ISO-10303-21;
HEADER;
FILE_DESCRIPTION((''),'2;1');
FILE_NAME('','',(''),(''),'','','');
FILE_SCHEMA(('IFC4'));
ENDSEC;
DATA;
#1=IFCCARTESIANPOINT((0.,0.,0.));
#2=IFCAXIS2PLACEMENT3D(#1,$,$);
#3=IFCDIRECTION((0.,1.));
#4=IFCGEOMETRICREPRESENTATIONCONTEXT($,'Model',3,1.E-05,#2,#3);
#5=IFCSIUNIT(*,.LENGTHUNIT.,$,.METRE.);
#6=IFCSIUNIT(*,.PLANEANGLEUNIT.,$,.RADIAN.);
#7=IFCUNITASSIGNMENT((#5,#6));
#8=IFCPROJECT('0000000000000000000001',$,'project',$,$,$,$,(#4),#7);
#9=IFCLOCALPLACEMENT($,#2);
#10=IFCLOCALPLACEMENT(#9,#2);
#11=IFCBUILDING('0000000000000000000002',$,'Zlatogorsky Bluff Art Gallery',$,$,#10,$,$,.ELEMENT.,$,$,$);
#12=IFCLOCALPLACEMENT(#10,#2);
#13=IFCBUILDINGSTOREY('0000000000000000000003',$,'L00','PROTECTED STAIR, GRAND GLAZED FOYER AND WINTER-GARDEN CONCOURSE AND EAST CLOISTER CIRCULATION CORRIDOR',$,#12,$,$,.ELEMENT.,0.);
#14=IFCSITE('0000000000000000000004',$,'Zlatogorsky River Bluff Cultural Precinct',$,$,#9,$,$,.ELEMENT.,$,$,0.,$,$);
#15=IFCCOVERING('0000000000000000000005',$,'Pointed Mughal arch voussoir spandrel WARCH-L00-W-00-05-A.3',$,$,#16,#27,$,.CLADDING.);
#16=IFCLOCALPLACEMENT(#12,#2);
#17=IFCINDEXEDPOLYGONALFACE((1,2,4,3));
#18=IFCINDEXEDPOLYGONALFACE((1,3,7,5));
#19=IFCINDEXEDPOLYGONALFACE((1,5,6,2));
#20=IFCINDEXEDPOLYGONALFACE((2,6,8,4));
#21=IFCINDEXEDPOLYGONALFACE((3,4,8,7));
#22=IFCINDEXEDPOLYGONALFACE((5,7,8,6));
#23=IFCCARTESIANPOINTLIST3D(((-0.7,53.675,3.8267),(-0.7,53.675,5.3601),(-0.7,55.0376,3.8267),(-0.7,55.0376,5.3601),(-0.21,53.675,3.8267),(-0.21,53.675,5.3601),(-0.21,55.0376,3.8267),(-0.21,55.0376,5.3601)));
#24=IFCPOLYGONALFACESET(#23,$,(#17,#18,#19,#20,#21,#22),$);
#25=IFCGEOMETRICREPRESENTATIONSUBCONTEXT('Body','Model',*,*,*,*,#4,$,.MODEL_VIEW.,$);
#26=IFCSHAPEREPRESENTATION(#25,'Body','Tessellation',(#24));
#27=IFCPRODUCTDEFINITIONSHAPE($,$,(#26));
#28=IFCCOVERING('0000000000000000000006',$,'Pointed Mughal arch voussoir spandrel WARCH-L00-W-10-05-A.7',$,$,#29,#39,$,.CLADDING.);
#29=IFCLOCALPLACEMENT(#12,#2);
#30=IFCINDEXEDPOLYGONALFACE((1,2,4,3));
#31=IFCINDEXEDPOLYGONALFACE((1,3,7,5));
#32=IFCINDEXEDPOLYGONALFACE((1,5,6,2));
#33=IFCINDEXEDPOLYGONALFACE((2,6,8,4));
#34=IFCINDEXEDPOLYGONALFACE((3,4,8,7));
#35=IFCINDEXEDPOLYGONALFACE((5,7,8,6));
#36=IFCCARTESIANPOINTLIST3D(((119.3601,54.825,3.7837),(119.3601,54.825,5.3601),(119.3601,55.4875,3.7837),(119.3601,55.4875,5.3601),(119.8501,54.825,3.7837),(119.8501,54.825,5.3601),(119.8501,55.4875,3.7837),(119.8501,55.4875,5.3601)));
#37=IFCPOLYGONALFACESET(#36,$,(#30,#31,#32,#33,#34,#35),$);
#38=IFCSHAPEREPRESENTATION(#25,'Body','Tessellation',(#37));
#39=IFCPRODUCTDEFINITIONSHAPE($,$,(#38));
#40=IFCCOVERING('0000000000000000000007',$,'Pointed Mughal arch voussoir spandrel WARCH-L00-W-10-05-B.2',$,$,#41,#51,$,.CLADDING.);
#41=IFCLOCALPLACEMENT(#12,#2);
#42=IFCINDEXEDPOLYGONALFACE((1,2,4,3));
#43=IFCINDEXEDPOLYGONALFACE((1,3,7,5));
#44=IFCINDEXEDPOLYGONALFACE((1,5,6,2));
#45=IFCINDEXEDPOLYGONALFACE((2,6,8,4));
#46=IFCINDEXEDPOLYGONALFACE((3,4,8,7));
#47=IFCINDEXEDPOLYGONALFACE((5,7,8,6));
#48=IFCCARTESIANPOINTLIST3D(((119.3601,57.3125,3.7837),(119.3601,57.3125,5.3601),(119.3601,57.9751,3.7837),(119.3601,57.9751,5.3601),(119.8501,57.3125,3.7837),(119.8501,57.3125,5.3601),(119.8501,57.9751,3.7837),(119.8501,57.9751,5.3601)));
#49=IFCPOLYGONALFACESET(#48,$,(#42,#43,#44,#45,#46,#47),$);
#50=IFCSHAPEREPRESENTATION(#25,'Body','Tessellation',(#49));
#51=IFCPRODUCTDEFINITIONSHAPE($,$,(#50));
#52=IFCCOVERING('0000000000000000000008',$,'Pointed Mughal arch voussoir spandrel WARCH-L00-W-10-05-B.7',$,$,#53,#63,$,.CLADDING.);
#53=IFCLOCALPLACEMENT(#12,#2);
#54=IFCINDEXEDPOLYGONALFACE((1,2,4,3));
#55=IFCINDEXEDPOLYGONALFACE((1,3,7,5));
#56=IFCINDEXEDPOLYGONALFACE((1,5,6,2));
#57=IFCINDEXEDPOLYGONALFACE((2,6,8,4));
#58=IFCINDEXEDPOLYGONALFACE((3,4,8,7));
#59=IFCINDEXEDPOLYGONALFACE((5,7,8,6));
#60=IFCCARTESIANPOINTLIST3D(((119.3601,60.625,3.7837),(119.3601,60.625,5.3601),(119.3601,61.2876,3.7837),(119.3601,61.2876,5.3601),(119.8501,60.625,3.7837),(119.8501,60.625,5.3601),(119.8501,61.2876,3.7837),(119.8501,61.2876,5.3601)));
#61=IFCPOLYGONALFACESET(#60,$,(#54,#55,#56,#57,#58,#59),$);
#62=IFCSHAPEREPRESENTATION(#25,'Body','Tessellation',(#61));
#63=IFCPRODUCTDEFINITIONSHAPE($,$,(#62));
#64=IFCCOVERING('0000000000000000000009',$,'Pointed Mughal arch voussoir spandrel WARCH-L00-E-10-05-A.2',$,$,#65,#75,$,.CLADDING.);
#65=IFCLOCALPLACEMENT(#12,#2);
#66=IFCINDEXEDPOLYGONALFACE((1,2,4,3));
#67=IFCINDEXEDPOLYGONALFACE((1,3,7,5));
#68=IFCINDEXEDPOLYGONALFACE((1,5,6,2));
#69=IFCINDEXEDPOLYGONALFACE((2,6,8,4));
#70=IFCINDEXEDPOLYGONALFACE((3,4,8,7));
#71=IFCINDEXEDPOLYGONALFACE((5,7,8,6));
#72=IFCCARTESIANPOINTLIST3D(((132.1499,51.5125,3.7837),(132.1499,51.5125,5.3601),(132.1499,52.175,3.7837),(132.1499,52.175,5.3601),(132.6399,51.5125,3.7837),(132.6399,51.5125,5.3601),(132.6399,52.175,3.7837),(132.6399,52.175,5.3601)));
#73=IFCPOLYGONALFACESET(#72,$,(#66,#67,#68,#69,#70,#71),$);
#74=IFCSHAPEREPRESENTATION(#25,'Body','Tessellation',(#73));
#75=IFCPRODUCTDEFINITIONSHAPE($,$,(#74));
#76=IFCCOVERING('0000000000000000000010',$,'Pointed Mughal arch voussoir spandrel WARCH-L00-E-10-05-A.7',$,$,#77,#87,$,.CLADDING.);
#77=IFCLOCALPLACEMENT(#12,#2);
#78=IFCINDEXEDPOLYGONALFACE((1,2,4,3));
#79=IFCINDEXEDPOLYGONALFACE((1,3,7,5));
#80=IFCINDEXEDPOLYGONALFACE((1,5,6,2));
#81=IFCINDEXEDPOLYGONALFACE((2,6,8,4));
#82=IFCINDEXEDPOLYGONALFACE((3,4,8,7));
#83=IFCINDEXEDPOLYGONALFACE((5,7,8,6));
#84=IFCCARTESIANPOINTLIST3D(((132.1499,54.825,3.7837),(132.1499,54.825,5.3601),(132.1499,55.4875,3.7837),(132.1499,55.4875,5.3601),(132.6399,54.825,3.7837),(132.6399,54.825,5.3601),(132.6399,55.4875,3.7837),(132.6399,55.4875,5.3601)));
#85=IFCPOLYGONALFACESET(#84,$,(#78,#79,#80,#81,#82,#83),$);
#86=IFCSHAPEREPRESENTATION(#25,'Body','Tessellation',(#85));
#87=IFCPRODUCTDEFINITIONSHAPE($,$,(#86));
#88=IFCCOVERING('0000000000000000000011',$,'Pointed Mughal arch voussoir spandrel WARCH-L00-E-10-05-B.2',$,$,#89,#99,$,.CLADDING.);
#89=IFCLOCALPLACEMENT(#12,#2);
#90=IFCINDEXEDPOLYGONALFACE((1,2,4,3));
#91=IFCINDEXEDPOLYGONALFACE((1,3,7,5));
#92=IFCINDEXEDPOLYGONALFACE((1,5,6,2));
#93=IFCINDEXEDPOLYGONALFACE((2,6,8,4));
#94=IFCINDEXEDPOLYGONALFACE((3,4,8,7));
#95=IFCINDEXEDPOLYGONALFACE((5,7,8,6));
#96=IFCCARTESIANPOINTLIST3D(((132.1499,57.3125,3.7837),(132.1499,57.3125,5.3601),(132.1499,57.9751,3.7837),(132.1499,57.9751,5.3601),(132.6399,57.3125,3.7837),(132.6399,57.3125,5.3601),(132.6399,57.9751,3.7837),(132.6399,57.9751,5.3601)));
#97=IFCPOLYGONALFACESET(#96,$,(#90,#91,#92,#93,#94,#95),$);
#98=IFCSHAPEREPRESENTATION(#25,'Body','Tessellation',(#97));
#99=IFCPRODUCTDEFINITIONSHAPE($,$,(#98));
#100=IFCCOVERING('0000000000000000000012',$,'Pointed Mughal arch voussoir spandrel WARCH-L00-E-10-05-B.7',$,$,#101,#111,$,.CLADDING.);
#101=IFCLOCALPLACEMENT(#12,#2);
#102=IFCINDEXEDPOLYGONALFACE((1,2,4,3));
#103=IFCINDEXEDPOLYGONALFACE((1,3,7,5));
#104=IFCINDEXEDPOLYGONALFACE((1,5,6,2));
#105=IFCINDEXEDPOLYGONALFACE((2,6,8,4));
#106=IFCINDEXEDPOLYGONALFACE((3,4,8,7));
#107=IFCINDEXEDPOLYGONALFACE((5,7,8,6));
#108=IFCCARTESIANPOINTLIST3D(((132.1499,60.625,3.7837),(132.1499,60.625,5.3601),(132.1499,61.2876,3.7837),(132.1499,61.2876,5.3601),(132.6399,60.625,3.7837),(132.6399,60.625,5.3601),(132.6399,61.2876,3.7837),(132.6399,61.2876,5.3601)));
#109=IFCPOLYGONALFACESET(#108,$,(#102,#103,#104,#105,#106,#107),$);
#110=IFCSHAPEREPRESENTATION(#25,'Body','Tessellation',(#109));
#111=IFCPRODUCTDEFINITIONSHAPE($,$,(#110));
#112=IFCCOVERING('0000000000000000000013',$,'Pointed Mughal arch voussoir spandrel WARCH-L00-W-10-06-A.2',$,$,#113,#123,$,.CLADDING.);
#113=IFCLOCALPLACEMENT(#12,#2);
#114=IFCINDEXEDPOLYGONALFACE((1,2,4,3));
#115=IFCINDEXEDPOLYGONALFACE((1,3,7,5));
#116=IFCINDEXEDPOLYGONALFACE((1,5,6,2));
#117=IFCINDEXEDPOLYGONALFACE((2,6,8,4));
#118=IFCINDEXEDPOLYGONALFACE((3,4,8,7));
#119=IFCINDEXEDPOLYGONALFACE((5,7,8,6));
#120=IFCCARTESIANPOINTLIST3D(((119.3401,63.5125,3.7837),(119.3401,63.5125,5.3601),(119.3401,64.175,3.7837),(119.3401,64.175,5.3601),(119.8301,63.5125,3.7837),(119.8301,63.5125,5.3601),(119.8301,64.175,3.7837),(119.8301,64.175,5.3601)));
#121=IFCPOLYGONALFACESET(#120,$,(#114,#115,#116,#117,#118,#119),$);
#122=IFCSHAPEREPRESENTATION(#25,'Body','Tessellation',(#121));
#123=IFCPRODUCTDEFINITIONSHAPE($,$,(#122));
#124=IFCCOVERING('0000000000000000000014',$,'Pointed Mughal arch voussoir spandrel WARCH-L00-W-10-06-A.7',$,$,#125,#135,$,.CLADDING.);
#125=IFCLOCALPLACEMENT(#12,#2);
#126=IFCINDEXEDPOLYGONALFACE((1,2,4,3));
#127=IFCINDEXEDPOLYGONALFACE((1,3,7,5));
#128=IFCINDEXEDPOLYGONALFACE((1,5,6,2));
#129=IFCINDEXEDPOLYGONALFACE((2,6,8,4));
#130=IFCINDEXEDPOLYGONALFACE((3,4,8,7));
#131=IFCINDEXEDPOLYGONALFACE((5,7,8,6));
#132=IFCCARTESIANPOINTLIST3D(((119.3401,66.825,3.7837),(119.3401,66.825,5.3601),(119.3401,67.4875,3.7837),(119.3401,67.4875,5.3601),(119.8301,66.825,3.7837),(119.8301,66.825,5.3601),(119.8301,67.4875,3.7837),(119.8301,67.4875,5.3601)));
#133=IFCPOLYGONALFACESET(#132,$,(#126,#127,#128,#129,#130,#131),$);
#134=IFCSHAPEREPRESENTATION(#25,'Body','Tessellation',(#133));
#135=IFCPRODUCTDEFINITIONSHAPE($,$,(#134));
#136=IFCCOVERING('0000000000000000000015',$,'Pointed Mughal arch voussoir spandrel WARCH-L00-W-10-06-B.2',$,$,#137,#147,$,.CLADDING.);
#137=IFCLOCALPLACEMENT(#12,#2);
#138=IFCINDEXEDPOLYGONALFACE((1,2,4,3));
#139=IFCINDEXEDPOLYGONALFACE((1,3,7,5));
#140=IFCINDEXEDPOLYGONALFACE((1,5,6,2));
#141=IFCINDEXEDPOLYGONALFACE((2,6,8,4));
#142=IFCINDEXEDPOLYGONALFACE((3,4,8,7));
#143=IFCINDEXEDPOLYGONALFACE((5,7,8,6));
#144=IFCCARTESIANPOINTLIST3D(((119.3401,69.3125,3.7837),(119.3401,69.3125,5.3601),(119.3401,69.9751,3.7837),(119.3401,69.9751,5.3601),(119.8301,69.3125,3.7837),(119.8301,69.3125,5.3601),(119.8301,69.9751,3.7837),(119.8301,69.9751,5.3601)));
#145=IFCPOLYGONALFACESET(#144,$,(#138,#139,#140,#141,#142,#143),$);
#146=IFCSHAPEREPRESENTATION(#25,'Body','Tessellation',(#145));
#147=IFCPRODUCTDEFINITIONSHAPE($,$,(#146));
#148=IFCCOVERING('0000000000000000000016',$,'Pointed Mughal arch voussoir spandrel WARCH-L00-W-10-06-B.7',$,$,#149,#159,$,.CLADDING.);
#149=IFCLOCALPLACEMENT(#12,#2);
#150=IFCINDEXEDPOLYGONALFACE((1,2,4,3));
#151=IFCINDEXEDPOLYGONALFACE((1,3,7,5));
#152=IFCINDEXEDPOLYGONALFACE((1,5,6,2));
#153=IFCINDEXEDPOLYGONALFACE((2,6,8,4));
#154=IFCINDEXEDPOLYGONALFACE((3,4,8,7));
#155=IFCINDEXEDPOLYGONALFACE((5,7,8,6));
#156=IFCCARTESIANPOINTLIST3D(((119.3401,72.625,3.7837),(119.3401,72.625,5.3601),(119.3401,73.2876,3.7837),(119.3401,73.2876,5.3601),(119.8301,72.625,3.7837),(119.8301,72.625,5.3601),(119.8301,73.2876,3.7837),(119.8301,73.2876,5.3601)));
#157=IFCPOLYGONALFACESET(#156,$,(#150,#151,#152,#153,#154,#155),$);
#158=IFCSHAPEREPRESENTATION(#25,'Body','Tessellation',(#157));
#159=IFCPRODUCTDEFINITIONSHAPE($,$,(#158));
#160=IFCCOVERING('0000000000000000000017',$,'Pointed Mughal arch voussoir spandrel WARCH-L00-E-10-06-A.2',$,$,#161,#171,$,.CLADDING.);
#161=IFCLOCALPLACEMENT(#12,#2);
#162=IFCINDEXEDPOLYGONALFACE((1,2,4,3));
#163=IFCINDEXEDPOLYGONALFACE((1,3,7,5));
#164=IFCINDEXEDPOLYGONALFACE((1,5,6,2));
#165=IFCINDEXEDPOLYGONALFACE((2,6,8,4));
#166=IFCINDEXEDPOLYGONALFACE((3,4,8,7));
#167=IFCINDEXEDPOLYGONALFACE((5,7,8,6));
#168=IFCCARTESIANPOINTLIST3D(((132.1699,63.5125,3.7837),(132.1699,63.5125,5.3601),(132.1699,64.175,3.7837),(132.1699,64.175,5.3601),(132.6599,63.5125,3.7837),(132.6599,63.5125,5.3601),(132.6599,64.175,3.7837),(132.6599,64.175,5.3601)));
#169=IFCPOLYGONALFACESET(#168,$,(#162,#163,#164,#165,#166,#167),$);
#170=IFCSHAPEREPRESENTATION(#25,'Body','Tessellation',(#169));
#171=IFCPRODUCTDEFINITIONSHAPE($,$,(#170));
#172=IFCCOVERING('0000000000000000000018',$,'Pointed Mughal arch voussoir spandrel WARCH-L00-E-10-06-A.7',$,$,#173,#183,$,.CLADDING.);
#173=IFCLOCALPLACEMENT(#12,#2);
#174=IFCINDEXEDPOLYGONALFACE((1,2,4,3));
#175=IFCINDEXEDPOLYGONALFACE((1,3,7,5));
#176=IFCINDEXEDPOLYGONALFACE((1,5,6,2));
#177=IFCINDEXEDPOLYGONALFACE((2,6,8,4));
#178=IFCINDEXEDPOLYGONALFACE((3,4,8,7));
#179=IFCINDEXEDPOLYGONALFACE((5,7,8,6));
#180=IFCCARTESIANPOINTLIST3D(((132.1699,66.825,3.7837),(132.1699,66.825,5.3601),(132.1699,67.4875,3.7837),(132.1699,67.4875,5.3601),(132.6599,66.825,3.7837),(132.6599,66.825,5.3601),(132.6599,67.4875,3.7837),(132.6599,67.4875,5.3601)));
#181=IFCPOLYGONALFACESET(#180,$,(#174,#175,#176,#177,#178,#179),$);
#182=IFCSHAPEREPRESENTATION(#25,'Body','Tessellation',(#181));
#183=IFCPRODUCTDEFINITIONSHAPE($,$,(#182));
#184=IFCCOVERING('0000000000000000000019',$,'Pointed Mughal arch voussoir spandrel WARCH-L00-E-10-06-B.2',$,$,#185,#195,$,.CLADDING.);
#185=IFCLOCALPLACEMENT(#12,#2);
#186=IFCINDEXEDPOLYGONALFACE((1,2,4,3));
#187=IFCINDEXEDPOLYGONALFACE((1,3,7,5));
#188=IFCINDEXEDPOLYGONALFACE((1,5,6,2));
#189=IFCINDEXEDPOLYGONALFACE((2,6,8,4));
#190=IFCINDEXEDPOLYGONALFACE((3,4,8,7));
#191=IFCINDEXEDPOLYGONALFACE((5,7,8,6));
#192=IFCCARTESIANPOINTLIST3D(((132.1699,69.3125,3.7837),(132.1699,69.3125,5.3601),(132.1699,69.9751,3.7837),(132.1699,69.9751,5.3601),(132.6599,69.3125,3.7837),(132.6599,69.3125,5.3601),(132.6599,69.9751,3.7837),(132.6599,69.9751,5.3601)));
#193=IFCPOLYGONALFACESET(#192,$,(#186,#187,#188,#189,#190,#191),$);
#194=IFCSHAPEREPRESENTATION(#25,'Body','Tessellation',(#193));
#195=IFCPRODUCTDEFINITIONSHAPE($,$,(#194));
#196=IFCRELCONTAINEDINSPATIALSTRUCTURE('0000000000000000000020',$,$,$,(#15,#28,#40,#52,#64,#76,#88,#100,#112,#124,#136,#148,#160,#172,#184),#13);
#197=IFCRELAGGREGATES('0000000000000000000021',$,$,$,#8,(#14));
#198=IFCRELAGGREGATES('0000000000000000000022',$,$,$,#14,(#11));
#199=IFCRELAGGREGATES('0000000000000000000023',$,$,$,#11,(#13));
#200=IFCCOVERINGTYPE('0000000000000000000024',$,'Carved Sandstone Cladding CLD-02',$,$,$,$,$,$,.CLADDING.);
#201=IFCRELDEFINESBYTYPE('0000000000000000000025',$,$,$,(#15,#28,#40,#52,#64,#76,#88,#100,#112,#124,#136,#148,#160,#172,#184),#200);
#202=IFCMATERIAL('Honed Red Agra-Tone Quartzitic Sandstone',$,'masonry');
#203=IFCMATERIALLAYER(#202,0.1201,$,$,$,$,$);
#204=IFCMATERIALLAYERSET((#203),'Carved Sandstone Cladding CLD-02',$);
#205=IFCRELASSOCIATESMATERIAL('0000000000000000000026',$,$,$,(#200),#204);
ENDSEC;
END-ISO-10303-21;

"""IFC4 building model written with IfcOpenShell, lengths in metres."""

from ifc_helpers import new_model, si_unit, direction, frame, origin, place, context, subcontext, project, spatial, polyline, outline, extrude, material, layer, layer_set, type_object, element, save


model = new_model("IFC4")

# Units and contexts
model_context = context("Model", 3, precision=1e-05, world=origin(), true_north=direction((0.0, 1.0)))
body_context = subcontext(model_context, "Body", "Model", "MODEL_VIEW")
ifc_project = project(units=[si_unit("LENGTHUNIT", "METRE"), si_unit("PLANEANGLEUNIT", "RADIAN")], contexts=[model_context])

# Site, building, storey
site_placement = place(None, origin())
site = spatial("IfcSite", under=ifc_project, at=site_placement, Name="Zlatogorsky River Bluff Cultural Precinct", CompositionType="ELEMENT", RefElevation=0.0)
building_placement = place(site_placement, origin())
building = spatial("IfcBuilding", under=site, at=building_placement, Name="Zlatogorsky Bluff Art Gallery", CompositionType="ELEMENT")
storey_placement = place(building_placement, origin())
storey = spatial("IfcBuildingStorey", under=building, at=storey_placement, Name="L00", Description="PROTECTED STAIR, GRAND GLAZED FOYER AND WINTER-GARDEN CONCOURSE AND EAST CLOISTER CIRCULATION CORRIDOR", CompositionType="ELEMENT", Elevation=0.0)

# Coverings
ifc_material = material(Name="Honed Red Agra-Tone Quartzitic Sandstone", Category="masonry")
ifc_layer = layer(ifc_material, 0.1201)
ifc_layer_set = layer_set([ifc_layer], Name="Carved Sandstone Cladding CLD-02")
covering_type = type_object("IfcCoveringType", Name="Carved Sandstone Cladding CLD-02", PredefinedType="CLADDING", material=ifc_layer_set)
covering_1_placement = place(storey_placement, frame((0.0, 0.0, 3.8267)))
element("IfcCovering", 1, at=covering_1_placement, inside=storey, type_object=covering_type, Name="Pointed Mughal arch voussoir spandrel WARCH-L00-W-00-05-A.3", PredefinedType="CLADDING", context=body_context, shape_type="SweptSolid", body=[
    extrude(outline(polyline([(-0.7, 53.675), (-0.7, 55.0376), (-0.21, 55.0376), (-0.21, 53.675), (-0.7, 53.675)])), origin(), (0.0, 0.0, 1.0), 1.5334),
])
covering_2_placement = place(storey_placement, frame((0.0, 0.0, 3.7837)))
element("IfcCovering", 2, at=covering_2_placement, inside=storey, type_object=covering_type, Name="Pointed Mughal arch voussoir spandrel WARCH-L00-W-10-05-A.7", PredefinedType="CLADDING", context=body_context, shape_type="SweptSolid", body=[
    extrude(outline(polyline([(119.3601, 54.825), (119.3601, 55.4875), (119.8501, 55.4875), (119.8501, 54.825), (119.3601, 54.825)])), origin(), (0.0, 0.0, 1.0), 1.5764),
])
covering_3_placement = place(storey_placement, frame((0.0, 0.0, 3.7837)))
element("IfcCovering", 3, at=covering_3_placement, inside=storey, type_object=covering_type, Name="Pointed Mughal arch voussoir spandrel WARCH-L00-W-10-05-B.2", PredefinedType="CLADDING", context=body_context, shape_type="SweptSolid", body=[
    extrude(outline(polyline([(119.3601, 57.3125), (119.3601, 57.9751), (119.8501, 57.9751), (119.8501, 57.3125), (119.3601, 57.3125)])), origin(), (0.0, 0.0, 1.0), 1.5764),
])
covering_4_placement = place(storey_placement, frame((0.0, 0.0, 3.7837)))
element("IfcCovering", 4, at=covering_4_placement, inside=storey, type_object=covering_type, Name="Pointed Mughal arch voussoir spandrel WARCH-L00-W-10-05-B.7", PredefinedType="CLADDING", context=body_context, shape_type="SweptSolid", body=[
    extrude(outline(polyline([(119.3601, 60.625), (119.3601, 61.2876), (119.8501, 61.2876), (119.8501, 60.625), (119.3601, 60.625)])), origin(), (0.0, 0.0, 1.0), 1.5764),
])
covering_5_placement = place(storey_placement, frame((0.0, 0.0, 3.7837)))
element("IfcCovering", 5, at=covering_5_placement, inside=storey, type_object=covering_type, Name="Pointed Mughal arch voussoir spandrel WARCH-L00-E-10-05-A.2", PredefinedType="CLADDING", context=body_context, shape_type="SweptSolid", body=[
    extrude(outline(polyline([(132.1499, 51.5125), (132.1499, 52.175), (132.6399, 52.175), (132.6399, 51.5125), (132.1499, 51.5125)])), origin(), (0.0, 0.0, 1.0), 1.5764),
])
covering_6_placement = place(storey_placement, frame((0.0, 0.0, 3.7837)))
element("IfcCovering", 6, at=covering_6_placement, inside=storey, type_object=covering_type, Name="Pointed Mughal arch voussoir spandrel WARCH-L00-E-10-05-A.7", PredefinedType="CLADDING", context=body_context, shape_type="SweptSolid", body=[
    extrude(outline(polyline([(132.1499, 54.825), (132.1499, 55.4875), (132.6399, 55.4875), (132.6399, 54.825), (132.1499, 54.825)])), origin(), (0.0, 0.0, 1.0), 1.5764),
])
covering_7_placement = place(storey_placement, frame((0.0, 0.0, 3.7837)))
element("IfcCovering", 7, at=covering_7_placement, inside=storey, type_object=covering_type, Name="Pointed Mughal arch voussoir spandrel WARCH-L00-E-10-05-B.2", PredefinedType="CLADDING", context=body_context, shape_type="SweptSolid", body=[
    extrude(outline(polyline([(132.1499, 57.3125), (132.1499, 57.9751), (132.6399, 57.9751), (132.6399, 57.3125), (132.1499, 57.3125)])), origin(), (0.0, 0.0, 1.0), 1.5764),
])
covering_8_placement = place(storey_placement, frame((0.0, 0.0, 3.7837)))
element("IfcCovering", 8, at=covering_8_placement, inside=storey, type_object=covering_type, Name="Pointed Mughal arch voussoir spandrel WARCH-L00-E-10-05-B.7", PredefinedType="CLADDING", context=body_context, shape_type="SweptSolid", body=[
    extrude(outline(polyline([(132.1499, 60.625), (132.1499, 61.2876), (132.6399, 61.2876), (132.6399, 60.625), (132.1499, 60.625)])), origin(), (0.0, 0.0, 1.0), 1.5764),
])
covering_9_placement = place(storey_placement, frame((0.0, 0.0, 3.7837)))
element("IfcCovering", 9, at=covering_9_placement, inside=storey, type_object=covering_type, Name="Pointed Mughal arch voussoir spandrel WARCH-L00-W-10-06-A.2", PredefinedType="CLADDING", context=body_context, shape_type="SweptSolid", body=[
    extrude(outline(polyline([(119.3401, 63.5125), (119.3401, 64.175), (119.8301, 64.175), (119.8301, 63.5125), (119.3401, 63.5125)])), origin(), (0.0, 0.0, 1.0), 1.5764),
])
covering_10_placement = place(storey_placement, frame((0.0, 0.0, 3.7837)))
element("IfcCovering", 10, at=covering_10_placement, inside=storey, type_object=covering_type, Name="Pointed Mughal arch voussoir spandrel WARCH-L00-W-10-06-A.7", PredefinedType="CLADDING", context=body_context, shape_type="SweptSolid", body=[
    extrude(outline(polyline([(119.3401, 66.825), (119.3401, 67.4875), (119.8301, 67.4875), (119.8301, 66.825), (119.3401, 66.825)])), origin(), (0.0, 0.0, 1.0), 1.5764),
])
covering_11_placement = place(storey_placement, frame((0.0, 0.0, 3.7837)))
element("IfcCovering", 11, at=covering_11_placement, inside=storey, type_object=covering_type, Name="Pointed Mughal arch voussoir spandrel WARCH-L00-W-10-06-B.2", PredefinedType="CLADDING", context=body_context, shape_type="SweptSolid", body=[
    extrude(outline(polyline([(119.3401, 69.3125), (119.3401, 69.9751), (119.8301, 69.9751), (119.8301, 69.3125), (119.3401, 69.3125)])), origin(), (0.0, 0.0, 1.0), 1.5764),
])
covering_12_placement = place(storey_placement, frame((0.0, 0.0, 3.7837)))
element("IfcCovering", 12, at=covering_12_placement, inside=storey, type_object=covering_type, Name="Pointed Mughal arch voussoir spandrel WARCH-L00-W-10-06-B.7", PredefinedType="CLADDING", context=body_context, shape_type="SweptSolid", body=[
    extrude(outline(polyline([(119.3401, 72.625), (119.3401, 73.2876), (119.8301, 73.2876), (119.8301, 72.625), (119.3401, 72.625)])), origin(), (0.0, 0.0, 1.0), 1.5764),
])
covering_13_placement = place(storey_placement, frame((0.0, 0.0, 3.7837)))
element("IfcCovering", 13, at=covering_13_placement, inside=storey, type_object=covering_type, Name="Pointed Mughal arch voussoir spandrel WARCH-L00-E-10-06-A.2", PredefinedType="CLADDING", context=body_context, shape_type="SweptSolid", body=[
    extrude(outline(polyline([(132.1699, 63.5125), (132.1699, 64.175), (132.6599, 64.175), (132.6599, 63.5125), (132.1699, 63.5125)])), origin(), (0.0, 0.0, 1.0), 1.5764),
])
covering_14_placement = place(storey_placement, frame((0.0, 0.0, 3.7837)))
element("IfcCovering", 14, at=covering_14_placement, inside=storey, type_object=covering_type, Name="Pointed Mughal arch voussoir spandrel WARCH-L00-E-10-06-A.7", PredefinedType="CLADDING", context=body_context, shape_type="SweptSolid", body=[
    extrude(outline(polyline([(132.1699, 66.825), (132.1699, 67.4875), (132.6599, 67.4875), (132.6599, 66.825), (132.1699, 66.825)])), origin(), (0.0, 0.0, 1.0), 1.5764),
])
covering_15_placement = place(storey_placement, frame((0.0, 0.0, 3.7837)))
element("IfcCovering", 15, at=covering_15_placement, inside=storey, type_object=covering_type, Name="Pointed Mughal arch voussoir spandrel WARCH-L00-E-10-06-B.2", PredefinedType="CLADDING", context=body_context, shape_type="SweptSolid", body=[
    extrude(outline(polyline([(132.1699, 69.3125), (132.1699, 69.9751), (132.6599, 69.9751), (132.6599, 69.3125), (132.1699, 69.3125)])), origin(), (0.0, 0.0, 1.0), 1.5764),
])

save(model, "model.ifc")
